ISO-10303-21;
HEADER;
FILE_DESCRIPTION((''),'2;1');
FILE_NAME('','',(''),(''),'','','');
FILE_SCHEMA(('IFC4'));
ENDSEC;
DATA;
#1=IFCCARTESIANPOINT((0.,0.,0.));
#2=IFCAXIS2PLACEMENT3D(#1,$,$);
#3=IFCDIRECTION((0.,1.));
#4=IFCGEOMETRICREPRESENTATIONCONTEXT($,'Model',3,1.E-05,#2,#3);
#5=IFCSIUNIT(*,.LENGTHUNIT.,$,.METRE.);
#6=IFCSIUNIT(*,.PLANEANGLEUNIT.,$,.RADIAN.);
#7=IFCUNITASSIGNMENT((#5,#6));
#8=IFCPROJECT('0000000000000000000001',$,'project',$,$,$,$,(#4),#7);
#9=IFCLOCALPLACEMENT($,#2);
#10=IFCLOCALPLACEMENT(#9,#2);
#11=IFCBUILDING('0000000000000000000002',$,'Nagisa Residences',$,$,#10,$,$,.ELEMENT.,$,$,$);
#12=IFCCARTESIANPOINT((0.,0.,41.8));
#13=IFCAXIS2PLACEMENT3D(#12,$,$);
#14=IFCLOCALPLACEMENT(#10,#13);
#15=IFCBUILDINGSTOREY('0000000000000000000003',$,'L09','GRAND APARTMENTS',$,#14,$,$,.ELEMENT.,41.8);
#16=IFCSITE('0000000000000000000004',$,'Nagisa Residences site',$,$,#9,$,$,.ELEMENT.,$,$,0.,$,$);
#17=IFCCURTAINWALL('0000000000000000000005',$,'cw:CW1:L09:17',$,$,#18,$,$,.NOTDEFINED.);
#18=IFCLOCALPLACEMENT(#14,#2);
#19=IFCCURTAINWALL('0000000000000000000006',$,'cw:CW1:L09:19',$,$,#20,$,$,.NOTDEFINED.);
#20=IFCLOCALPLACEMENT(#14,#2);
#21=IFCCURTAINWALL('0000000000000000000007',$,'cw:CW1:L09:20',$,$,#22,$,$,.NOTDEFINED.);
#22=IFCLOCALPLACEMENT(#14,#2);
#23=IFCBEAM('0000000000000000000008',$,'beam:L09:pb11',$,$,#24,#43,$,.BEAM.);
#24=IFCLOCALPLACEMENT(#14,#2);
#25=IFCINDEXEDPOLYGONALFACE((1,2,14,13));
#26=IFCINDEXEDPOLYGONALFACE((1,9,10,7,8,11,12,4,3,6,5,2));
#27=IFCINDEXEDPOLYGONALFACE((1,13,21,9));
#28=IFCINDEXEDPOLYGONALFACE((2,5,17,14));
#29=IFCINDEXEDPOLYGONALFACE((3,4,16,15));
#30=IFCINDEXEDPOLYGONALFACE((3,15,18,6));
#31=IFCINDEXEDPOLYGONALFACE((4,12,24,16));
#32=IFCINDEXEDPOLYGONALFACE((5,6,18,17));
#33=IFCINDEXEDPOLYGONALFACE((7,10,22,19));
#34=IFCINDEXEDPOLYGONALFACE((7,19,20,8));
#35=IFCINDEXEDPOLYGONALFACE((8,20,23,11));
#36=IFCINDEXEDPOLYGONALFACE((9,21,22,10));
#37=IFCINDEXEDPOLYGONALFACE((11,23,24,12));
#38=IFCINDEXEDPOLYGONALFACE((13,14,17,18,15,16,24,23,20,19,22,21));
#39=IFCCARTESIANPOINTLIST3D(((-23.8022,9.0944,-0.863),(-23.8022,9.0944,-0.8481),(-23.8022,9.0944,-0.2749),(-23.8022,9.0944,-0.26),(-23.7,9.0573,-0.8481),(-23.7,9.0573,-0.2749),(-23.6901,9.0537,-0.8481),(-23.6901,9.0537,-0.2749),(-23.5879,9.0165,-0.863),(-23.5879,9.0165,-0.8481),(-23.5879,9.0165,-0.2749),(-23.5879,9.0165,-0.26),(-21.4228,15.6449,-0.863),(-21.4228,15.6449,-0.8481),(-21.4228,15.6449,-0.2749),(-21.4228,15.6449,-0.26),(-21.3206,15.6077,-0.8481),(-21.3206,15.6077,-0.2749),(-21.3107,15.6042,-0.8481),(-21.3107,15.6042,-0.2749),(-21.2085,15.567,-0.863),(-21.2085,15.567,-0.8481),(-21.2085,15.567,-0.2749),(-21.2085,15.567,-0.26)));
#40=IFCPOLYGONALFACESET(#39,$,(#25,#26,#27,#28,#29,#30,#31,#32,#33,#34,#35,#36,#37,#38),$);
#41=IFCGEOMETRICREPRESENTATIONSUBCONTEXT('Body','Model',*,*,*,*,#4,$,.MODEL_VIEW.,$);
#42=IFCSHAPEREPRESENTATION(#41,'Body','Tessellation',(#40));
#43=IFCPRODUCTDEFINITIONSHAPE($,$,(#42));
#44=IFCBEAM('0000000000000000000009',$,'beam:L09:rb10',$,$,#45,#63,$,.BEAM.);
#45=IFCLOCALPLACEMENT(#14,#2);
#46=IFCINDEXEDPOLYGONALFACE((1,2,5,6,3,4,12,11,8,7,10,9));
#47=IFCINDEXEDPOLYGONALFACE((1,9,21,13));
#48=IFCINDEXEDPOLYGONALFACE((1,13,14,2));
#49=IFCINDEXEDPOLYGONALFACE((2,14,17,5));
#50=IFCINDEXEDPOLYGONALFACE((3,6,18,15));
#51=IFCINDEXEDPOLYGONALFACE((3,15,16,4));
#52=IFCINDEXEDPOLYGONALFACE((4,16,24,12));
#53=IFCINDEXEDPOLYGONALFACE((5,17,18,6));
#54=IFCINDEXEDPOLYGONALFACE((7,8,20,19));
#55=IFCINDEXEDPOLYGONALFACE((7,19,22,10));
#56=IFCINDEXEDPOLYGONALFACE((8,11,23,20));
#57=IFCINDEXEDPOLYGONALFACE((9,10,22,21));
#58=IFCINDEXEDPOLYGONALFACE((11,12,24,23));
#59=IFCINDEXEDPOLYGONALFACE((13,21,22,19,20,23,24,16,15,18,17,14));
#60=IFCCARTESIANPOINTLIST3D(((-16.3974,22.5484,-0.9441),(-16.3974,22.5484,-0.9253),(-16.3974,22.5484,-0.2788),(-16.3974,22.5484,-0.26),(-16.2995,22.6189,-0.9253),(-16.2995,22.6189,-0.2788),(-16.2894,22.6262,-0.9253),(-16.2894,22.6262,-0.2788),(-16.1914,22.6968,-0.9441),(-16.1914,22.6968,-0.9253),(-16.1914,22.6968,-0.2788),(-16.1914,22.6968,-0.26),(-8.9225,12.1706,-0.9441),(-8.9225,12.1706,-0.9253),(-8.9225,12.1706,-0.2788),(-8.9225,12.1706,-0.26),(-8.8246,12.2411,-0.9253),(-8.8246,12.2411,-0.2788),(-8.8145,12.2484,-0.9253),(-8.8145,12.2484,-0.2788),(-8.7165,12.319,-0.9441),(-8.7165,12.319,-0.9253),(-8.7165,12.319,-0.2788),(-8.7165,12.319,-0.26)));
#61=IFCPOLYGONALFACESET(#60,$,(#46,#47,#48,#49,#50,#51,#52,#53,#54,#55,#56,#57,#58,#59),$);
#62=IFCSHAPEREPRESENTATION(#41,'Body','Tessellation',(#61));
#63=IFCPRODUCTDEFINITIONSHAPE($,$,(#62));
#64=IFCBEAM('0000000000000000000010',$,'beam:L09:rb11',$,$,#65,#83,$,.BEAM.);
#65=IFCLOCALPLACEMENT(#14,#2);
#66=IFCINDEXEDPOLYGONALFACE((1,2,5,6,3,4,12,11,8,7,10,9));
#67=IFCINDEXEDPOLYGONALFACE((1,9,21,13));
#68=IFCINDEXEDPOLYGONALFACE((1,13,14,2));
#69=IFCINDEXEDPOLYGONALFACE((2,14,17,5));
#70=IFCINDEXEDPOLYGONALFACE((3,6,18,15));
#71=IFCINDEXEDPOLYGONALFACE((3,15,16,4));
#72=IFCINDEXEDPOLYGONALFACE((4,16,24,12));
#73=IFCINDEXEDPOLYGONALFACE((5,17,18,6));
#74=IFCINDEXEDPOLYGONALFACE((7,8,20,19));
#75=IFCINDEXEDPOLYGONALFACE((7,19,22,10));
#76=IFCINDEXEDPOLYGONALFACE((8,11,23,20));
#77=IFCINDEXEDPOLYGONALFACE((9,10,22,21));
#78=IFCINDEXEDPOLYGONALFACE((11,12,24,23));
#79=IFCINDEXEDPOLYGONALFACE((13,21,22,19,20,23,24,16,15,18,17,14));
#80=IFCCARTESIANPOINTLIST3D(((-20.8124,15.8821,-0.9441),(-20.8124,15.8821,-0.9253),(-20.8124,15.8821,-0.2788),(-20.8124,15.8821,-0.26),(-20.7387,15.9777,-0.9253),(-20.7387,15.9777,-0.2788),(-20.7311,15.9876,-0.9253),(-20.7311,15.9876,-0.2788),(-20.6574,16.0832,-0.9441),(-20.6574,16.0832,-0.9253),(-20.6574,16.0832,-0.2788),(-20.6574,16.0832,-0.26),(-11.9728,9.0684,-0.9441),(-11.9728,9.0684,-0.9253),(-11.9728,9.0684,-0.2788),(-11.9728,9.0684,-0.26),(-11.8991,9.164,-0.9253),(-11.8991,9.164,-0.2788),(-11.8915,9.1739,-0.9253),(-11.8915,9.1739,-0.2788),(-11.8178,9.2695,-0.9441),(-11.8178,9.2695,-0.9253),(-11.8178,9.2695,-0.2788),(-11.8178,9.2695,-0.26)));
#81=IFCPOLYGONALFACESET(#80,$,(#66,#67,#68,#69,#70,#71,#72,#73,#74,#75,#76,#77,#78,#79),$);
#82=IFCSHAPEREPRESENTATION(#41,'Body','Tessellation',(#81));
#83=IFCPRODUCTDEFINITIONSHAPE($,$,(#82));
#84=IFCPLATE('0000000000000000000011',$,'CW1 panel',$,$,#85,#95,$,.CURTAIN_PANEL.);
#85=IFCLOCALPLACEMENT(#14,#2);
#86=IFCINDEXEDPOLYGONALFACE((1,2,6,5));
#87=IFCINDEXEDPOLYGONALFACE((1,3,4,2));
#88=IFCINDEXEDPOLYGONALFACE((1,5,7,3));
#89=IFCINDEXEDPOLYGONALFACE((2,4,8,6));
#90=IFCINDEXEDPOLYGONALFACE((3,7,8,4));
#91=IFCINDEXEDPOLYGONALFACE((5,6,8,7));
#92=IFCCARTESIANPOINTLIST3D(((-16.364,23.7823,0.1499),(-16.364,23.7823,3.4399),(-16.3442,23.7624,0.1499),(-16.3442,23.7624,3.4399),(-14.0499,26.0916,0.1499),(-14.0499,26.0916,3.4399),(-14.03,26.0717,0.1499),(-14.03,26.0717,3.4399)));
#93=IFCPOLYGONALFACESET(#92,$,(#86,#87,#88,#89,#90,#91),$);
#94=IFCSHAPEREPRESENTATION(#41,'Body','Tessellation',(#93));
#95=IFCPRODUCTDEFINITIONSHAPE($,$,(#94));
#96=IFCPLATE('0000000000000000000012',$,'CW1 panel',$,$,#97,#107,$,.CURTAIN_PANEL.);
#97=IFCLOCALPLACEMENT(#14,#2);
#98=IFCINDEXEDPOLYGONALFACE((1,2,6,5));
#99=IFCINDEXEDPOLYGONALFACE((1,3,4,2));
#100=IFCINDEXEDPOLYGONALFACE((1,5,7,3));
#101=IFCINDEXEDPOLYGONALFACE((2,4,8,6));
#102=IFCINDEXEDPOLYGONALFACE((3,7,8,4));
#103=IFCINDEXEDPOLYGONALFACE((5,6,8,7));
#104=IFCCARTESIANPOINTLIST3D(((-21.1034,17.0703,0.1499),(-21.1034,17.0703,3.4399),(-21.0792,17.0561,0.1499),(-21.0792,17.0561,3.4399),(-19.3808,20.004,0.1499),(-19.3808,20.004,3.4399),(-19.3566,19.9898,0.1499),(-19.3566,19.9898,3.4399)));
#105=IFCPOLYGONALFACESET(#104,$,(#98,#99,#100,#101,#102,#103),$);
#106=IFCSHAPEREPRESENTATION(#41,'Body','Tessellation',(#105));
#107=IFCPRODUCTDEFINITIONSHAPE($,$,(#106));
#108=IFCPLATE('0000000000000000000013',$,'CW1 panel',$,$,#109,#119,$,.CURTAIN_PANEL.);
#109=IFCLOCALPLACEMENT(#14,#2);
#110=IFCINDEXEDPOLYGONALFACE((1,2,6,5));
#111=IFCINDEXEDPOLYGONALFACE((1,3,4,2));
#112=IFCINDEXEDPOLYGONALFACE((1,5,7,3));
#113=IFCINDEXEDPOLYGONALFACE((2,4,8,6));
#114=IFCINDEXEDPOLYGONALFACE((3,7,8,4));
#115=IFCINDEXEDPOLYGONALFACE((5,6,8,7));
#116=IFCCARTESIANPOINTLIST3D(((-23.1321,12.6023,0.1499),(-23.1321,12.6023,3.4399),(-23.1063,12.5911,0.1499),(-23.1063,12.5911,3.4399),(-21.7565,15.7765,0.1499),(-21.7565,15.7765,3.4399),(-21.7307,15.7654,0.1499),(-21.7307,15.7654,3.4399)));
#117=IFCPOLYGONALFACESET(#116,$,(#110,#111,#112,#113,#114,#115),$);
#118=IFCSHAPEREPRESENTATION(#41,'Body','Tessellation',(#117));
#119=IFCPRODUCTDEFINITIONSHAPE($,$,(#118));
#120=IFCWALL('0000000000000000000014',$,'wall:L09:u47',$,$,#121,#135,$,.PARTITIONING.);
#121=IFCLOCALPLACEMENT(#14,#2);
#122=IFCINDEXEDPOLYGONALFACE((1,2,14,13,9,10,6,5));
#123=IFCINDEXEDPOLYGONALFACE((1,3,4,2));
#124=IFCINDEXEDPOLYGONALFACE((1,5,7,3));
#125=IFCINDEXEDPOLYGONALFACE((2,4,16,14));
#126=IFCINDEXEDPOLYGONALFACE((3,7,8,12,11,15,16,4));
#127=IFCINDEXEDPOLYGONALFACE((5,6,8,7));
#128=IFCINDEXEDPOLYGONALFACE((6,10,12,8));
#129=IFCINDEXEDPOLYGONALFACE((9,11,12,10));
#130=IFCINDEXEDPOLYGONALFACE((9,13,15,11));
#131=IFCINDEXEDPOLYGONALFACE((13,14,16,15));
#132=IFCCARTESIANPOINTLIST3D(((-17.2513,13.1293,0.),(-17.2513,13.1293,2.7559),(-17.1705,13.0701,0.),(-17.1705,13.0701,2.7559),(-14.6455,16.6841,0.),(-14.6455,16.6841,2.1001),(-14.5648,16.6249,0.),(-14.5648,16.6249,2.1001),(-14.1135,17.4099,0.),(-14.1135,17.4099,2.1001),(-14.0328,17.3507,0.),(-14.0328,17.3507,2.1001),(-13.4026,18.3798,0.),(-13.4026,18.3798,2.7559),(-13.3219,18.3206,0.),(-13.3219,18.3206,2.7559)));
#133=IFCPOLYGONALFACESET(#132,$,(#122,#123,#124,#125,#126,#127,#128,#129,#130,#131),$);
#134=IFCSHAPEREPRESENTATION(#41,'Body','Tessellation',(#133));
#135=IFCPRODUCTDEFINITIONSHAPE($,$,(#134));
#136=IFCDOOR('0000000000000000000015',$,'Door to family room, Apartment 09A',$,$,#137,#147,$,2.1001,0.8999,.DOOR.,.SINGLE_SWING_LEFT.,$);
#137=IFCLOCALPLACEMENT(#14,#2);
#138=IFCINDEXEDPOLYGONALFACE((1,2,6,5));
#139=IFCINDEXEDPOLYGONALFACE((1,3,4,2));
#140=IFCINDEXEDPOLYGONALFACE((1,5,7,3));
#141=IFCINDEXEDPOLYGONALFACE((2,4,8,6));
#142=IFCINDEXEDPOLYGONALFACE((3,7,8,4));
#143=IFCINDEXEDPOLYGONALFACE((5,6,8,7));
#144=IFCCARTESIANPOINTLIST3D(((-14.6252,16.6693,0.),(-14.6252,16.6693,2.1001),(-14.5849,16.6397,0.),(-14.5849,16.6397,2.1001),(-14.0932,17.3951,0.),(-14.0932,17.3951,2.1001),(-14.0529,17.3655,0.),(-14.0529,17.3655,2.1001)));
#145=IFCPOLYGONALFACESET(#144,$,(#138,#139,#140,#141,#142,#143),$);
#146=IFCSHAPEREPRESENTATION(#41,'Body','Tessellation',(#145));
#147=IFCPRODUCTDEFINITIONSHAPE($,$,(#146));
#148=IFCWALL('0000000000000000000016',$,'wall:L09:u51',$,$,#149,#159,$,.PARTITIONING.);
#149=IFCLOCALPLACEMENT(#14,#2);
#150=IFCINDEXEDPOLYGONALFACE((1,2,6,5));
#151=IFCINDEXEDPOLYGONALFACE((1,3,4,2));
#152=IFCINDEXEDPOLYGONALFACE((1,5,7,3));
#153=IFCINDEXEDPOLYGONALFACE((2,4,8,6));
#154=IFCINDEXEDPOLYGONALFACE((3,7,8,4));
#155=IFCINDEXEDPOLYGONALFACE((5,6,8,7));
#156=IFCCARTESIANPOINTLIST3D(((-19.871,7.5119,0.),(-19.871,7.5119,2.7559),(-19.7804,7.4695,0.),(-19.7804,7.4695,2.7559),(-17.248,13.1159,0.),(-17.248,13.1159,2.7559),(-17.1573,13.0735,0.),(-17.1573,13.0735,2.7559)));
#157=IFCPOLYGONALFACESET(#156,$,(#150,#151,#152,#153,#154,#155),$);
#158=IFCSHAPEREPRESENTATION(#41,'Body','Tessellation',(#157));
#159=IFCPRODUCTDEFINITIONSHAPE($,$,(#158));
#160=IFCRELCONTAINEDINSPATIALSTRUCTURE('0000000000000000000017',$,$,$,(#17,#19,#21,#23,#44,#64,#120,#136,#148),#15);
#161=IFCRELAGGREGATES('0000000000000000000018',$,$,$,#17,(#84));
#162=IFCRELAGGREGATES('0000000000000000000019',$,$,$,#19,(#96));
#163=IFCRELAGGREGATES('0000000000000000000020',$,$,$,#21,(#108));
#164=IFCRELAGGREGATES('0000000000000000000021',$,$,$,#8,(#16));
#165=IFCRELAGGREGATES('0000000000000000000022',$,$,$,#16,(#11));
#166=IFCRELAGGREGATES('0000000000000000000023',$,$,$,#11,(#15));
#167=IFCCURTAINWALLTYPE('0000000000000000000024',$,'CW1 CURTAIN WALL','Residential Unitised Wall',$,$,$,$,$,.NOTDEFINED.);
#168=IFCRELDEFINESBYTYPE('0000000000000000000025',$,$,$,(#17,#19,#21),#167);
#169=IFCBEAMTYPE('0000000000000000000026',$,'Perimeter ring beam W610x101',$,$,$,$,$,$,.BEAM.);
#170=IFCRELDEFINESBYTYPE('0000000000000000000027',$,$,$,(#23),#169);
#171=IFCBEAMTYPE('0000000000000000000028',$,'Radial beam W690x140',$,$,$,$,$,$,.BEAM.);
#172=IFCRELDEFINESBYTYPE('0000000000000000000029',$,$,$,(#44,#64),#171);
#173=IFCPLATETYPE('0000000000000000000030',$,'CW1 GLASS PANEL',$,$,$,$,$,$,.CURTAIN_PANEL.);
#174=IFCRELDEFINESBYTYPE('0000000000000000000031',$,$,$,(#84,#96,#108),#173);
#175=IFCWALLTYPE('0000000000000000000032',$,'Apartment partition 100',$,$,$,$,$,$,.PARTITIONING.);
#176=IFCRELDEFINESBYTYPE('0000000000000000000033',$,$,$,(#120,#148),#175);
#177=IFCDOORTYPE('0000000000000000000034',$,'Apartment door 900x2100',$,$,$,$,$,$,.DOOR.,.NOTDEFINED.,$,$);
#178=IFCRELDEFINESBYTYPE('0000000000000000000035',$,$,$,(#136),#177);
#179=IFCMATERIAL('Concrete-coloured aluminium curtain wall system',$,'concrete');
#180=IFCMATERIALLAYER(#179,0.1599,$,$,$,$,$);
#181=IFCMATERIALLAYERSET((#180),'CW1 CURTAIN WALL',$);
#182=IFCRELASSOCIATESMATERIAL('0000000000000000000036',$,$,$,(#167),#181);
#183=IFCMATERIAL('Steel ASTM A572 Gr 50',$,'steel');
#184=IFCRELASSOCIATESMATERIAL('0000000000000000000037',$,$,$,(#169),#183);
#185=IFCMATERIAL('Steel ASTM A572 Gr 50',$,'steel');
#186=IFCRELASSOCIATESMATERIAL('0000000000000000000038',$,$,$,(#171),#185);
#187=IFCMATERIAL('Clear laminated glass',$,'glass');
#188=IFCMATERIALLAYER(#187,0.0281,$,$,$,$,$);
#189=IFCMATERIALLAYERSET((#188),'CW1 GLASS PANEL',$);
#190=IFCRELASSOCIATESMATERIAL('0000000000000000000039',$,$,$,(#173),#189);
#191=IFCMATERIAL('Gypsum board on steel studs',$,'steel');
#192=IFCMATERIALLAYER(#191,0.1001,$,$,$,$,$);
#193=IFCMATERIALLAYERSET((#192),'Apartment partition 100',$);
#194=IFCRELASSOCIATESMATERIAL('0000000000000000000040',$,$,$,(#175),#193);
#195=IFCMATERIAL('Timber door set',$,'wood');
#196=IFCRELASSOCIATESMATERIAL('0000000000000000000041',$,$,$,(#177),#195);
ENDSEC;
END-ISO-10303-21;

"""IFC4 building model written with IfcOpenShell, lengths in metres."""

from ifc_helpers import new_model, si_unit, direction, frame, frame_2d, origin, origin_2d, place, context, subcontext, project, spatial, rectangle, i_section, extrude, material, layer, layer_set, material_profile, profile_set, type_object, element, fill, aggregate, save


model = new_model("IFC4")

# Units and contexts
model_context = context("Model", 3, precision=1e-05, world=origin(), true_north=direction((0.0, 1.0)))
body_context = subcontext(model_context, "Body", "Model", "MODEL_VIEW")
ifc_project = project(units=[si_unit("LENGTHUNIT", "METRE"), si_unit("PLANEANGLEUNIT", "RADIAN")], contexts=[model_context])

# Site, building, storey
site_placement = place(None, origin())
site = spatial("IfcSite", under=ifc_project, at=site_placement, Name="Nagisa Residences site", CompositionType="ELEMENT", RefElevation=0.0)
building_placement = place(site_placement, origin())
building = spatial("IfcBuilding", under=site, at=building_placement, Name="Nagisa Residences", CompositionType="ELEMENT")
storey_placement = place(building_placement, frame((0.0, 0.0, 41.8)))
storey = spatial("IfcBuildingStorey", under=building, at=storey_placement, Name="L09", Description="GRAND APARTMENTS", CompositionType="ELEMENT", Elevation=41.8)

# Curtain walls
ifc_material_1 = material(Name="Concrete-coloured aluminium curtain wall system", Category="concrete")
ifc_layer_1 = layer(ifc_material_1, 0.1599)
ifc_layer_set_1 = layer_set([ifc_layer_1], Name="CW1 CURTAIN WALL")
curtain_wall_type = type_object("IfcCurtainWallType", Name="CW1 CURTAIN WALL", Description="Residential Unitised Wall", PredefinedType="NOTDEFINED", material=ifc_layer_set_1)
curtain_wall_1_placement = place(storey_placement, origin())
curtain_wall_1 = element("IfcCurtainWall", 1, at=curtain_wall_1_placement, inside=storey, type_object=curtain_wall_type, Name="cw:CW1:L09:17", PredefinedType="NOTDEFINED")
curtain_wall_2_placement = place(storey_placement, origin())
curtain_wall_2 = element("IfcCurtainWall", 2, at=curtain_wall_2_placement, inside=storey, type_object=curtain_wall_type, Name="cw:CW1:L09:19", PredefinedType="NOTDEFINED")
curtain_wall_3_placement = place(storey_placement, origin())
curtain_wall_3 = element("IfcCurtainWall", 3, at=curtain_wall_3_placement, inside=storey, type_object=curtain_wall_type, Name="cw:CW1:L09:20", PredefinedType="NOTDEFINED")

# Beams
ifc_material_2 = material(Name="Steel ASTM A572 Gr 50", Category="steel")
ifc_material_profile_1 = material_profile(ifc_material_2, i_section(OverallWidth=0.228, OverallDepth=0.603, WebThickness=0.0105, FlangeThickness=0.0149, at=origin_2d()), Name="W610x101")
ifc_profile_set_1 = profile_set([ifc_material_profile_1], Name="Steel ASTM A572 Gr 50")
beam_type_1 = type_object("IfcBeamType", Name="Perimeter ring beam W610x101", PredefinedType="BEAM", material=ifc_profile_set_1)
beam_1_placement = place(storey_placement, frame((-21.3157, 15.606, -0.5615), z_axis=(-0.341411, -0.939914, 0.0), x_axis=(0.939914, -0.341411, 0.0)))
element("IfcBeam", 4, at=beam_1_placement, inside=storey, type_object=beam_type_1, Name="beam:L09:pb11", PredefinedType="BEAM", context=body_context, shape_type="SweptSolid", body=[
    extrude(i_section(OverallWidth=0.228, OverallDepth=0.603, WebThickness=0.0105, FlangeThickness=0.0149, at=origin_2d()), origin(), (0.0, 0.0, 1.0), 6.9692),
])
ifc_material_3 = material(Name="Steel ASTM A572 Gr 50", Category="steel")
ifc_material_profile_2 = material_profile(ifc_material_3, i_section(OverallWidth=0.2539, OverallDepth=0.6841, WebThickness=0.0125, FlangeThickness=0.0188, at=origin_2d()), Name="W690x140")
ifc_profile_set_2 = profile_set([ifc_material_profile_2], Name="Steel ASTM A572 Gr 50")
beam_type_2 = type_object("IfcBeamType", Name="Radial beam W690x140", PredefinedType="BEAM", material=ifc_profile_set_2)
beam_2_placement = place(storey_placement, frame((-16.2944, 22.6226, -0.6021), z_axis=(0.584455, -0.811426, 0.0), x_axis=(0.811426, 0.584455, 0.0)))
element("IfcBeam", 5, at=beam_2_placement, inside=storey, type_object=beam_type_2, Name="beam:L09:rb10", PredefinedType="BEAM", context=body_context, shape_type="SweptSolid", body=[
    extrude(i_section(OverallWidth=0.2539, OverallDepth=0.6841, WebThickness=0.0125, FlangeThickness=0.0188, at=origin_2d()), origin(), (0.0, 0.0, 1.0), 12.7896),
])
beam_3_placement = place(storey_placement, frame((-20.7349, 15.9827, -0.6021), z_axis=(0.792016, -0.6105, 0.0), x_axis=(0.6105, 0.792016, 0.0)))
element("IfcBeam", 6, at=beam_3_placement, inside=storey, type_object=beam_type_2, Name="beam:L09:rb11", PredefinedType="BEAM", context=body_context, shape_type="SweptSolid", body=[
    extrude(i_section(OverallWidth=0.2539, OverallDepth=0.6841, WebThickness=0.0125, FlangeThickness=0.0188, at=origin_2d()), origin(), (0.0, 0.0, 1.0), 11.1609),
])

# Plates
ifc_material_4 = material(Name="Clear laminated glass", Category="glass")
ifc_layer_2 = layer(ifc_material_4, 0.0281)
ifc_layer_set_2 = layer_set([ifc_layer_2], Name="CW1 GLASS PANEL")
plate_type = type_object("IfcPlateType", Name="CW1 GLASS PANEL", PredefinedType="CURTAIN_PANEL", material=ifc_layer_set_2)
plate_1_placement = place(storey_placement, frame((-15.197, 24.927, 0.1499), z_axis=(0.0, 0.0, 1.0), x_axis=(-0.707836, -0.706377, 0.0)))
plate_1 = element("IfcPlate", 7, at=plate_1_placement, type_object=plate_type, Name="CW1 panel", PredefinedType="CURTAIN_PANEL", context=body_context, shape_type="SweptSolid", body=[
    extrude(rectangle(XDim=3.2693, YDim=0.0281, at=origin_2d()), origin(), (0.0, 0.0, 1.0), 3.29),
])
aggregate(curtain_wall_1, [plate_1])
plate_2_placement = place(storey_placement, frame((-20.23, 18.53, 0.1499), z_axis=(0.0, 0.0, 1.0), x_axis=(-0.506349, -0.862329, 0.0)))
plate_2 = element("IfcPlate", 8, at=plate_2_placement, type_object=plate_type, Name="CW1 panel", PredefinedType="CURTAIN_PANEL", context=body_context, shape_type="SweptSolid", body=[
    extrude(rectangle(XDim=3.4021, YDim=0.0281, at=origin_2d()), origin(), (0.0, 0.0, 1.0), 3.29),
])
aggregate(curtain_wall_2, [plate_2])
plate_3_placement = place(storey_placement, frame((-22.4314, 14.1838, 0.1499), z_axis=(0.0, 0.0, 1.0), x_axis=(-0.397636, -0.917543, 0.0)))
plate_3 = element("IfcPlate", 9, at=plate_3_placement, type_object=plate_type, Name="CW1 panel", PredefinedType="CURTAIN_PANEL", context=body_context, shape_type="SweptSolid", body=[
    extrude(rectangle(XDim=3.4595, YDim=0.0281, at=origin_2d()), origin(), (0.0, 0.0, 1.0), 3.29),
])
aggregate(curtain_wall_3, [plate_3])

# Wall, opening, door
ifc_material_5 = material(Name="Gypsum board on steel studs", Category="steel")
ifc_layer_3 = layer(ifc_material_5, 0.1001)
ifc_layer_set_3 = layer_set([ifc_layer_3], Name="Apartment partition 100")
wall_type_1 = type_object("IfcWallType", Name="Apartment partition 100", PredefinedType="PARTITIONING", material=ifc_layer_set_3)
wall_1_placement = place(storey_placement, frame((-13.3623, 18.3501, 0.0), z_axis=(0.0, 0.0, 1.0), x_axis=(-0.591191, -0.806531, 0.0)))
wall_1 = element("IfcWall", 10, at=wall_1_placement, inside=storey, type_object=wall_type_1, Name="wall:L09:u47", PredefinedType="PARTITIONING", context=body_context, shape_type="SweptSolid", body=[
    extrude(rectangle(XDim=6.51, YDim=0.1001, at=frame_2d((3.2549, 0.0))), origin(), (0.0, 0.0, 1.0), 2.7559),
])
opening_1_placement = place(wall_1_placement, frame((1.2024, 0.0, 0.0)))
opening_1 = element("IfcOpeningElement", 11, at=opening_1_placement, cuts=wall_1, PredefinedType="OPENING", context=body_context, shape_type="SweptSolid", body=[
    extrude(rectangle(XDim=0.8999, YDim=2.1001, at=frame_2d((0.45, 1.05))), frame((0.0, 0.0601, 0.0), z_axis=(0.0, -1.0, 0.0), x_axis=(1.0, 0.0, 0.0)), (0.0, 0.0, 1.0), 0.1201),
])
ifc_material_6 = material(Name="Timber door set", Category="wood")
door_type_1 = type_object("IfcDoorType", Name="Apartment door 900x2100", OperationType="NOTDEFINED", PredefinedType="DOOR", material=ifc_material_6)
door_1_placement = place(opening_1_placement, frame((0.8999, 0.0, 0.0), x_axis=(-1.0, 0.0, 0.0)))
door_1 = element("IfcDoor", 12, at=door_1_placement, inside=storey, type_object=door_type_1, Name="Door to family room, Apartment 09A", OperationType="SINGLE_SWING_LEFT", OverallHeight=2.1001, OverallWidth=0.8999, PredefinedType="DOOR", context=body_context, shape_type="SweptSolid", body=[
    extrude(rectangle(XDim=0.8999, YDim=2.1001, at=frame_2d((0.45, 1.05))), frame((0.0, 0.0249, 0.0), z_axis=(0.0, -1.0, 0.0), x_axis=(1.0, 0.0, 0.0)), (0.0, 0.0, 1.0), 0.05),
])
fill(opening_1, door_1)

# Wall
wall_2_placement = place(storey_placement, frame((-17.2026, 13.0947, 0.0), z_axis=(0.0, 0.0, 1.0), x_axis=(-0.423926, -0.905697, 0.0)))
element("IfcWall", 13, at=wall_2_placement, inside=storey, type_object=wall_type_1, Name="wall:L09:u51", PredefinedType="PARTITIONING", context=body_context, shape_type="SweptSolid", body=[
    extrude(rectangle(XDim=6.1875, YDim=0.1001, at=frame_2d((3.0938, 0.0))), origin(), (0.0, 0.0, 1.0), 2.7559),
])

save(model, "model.ifc")
